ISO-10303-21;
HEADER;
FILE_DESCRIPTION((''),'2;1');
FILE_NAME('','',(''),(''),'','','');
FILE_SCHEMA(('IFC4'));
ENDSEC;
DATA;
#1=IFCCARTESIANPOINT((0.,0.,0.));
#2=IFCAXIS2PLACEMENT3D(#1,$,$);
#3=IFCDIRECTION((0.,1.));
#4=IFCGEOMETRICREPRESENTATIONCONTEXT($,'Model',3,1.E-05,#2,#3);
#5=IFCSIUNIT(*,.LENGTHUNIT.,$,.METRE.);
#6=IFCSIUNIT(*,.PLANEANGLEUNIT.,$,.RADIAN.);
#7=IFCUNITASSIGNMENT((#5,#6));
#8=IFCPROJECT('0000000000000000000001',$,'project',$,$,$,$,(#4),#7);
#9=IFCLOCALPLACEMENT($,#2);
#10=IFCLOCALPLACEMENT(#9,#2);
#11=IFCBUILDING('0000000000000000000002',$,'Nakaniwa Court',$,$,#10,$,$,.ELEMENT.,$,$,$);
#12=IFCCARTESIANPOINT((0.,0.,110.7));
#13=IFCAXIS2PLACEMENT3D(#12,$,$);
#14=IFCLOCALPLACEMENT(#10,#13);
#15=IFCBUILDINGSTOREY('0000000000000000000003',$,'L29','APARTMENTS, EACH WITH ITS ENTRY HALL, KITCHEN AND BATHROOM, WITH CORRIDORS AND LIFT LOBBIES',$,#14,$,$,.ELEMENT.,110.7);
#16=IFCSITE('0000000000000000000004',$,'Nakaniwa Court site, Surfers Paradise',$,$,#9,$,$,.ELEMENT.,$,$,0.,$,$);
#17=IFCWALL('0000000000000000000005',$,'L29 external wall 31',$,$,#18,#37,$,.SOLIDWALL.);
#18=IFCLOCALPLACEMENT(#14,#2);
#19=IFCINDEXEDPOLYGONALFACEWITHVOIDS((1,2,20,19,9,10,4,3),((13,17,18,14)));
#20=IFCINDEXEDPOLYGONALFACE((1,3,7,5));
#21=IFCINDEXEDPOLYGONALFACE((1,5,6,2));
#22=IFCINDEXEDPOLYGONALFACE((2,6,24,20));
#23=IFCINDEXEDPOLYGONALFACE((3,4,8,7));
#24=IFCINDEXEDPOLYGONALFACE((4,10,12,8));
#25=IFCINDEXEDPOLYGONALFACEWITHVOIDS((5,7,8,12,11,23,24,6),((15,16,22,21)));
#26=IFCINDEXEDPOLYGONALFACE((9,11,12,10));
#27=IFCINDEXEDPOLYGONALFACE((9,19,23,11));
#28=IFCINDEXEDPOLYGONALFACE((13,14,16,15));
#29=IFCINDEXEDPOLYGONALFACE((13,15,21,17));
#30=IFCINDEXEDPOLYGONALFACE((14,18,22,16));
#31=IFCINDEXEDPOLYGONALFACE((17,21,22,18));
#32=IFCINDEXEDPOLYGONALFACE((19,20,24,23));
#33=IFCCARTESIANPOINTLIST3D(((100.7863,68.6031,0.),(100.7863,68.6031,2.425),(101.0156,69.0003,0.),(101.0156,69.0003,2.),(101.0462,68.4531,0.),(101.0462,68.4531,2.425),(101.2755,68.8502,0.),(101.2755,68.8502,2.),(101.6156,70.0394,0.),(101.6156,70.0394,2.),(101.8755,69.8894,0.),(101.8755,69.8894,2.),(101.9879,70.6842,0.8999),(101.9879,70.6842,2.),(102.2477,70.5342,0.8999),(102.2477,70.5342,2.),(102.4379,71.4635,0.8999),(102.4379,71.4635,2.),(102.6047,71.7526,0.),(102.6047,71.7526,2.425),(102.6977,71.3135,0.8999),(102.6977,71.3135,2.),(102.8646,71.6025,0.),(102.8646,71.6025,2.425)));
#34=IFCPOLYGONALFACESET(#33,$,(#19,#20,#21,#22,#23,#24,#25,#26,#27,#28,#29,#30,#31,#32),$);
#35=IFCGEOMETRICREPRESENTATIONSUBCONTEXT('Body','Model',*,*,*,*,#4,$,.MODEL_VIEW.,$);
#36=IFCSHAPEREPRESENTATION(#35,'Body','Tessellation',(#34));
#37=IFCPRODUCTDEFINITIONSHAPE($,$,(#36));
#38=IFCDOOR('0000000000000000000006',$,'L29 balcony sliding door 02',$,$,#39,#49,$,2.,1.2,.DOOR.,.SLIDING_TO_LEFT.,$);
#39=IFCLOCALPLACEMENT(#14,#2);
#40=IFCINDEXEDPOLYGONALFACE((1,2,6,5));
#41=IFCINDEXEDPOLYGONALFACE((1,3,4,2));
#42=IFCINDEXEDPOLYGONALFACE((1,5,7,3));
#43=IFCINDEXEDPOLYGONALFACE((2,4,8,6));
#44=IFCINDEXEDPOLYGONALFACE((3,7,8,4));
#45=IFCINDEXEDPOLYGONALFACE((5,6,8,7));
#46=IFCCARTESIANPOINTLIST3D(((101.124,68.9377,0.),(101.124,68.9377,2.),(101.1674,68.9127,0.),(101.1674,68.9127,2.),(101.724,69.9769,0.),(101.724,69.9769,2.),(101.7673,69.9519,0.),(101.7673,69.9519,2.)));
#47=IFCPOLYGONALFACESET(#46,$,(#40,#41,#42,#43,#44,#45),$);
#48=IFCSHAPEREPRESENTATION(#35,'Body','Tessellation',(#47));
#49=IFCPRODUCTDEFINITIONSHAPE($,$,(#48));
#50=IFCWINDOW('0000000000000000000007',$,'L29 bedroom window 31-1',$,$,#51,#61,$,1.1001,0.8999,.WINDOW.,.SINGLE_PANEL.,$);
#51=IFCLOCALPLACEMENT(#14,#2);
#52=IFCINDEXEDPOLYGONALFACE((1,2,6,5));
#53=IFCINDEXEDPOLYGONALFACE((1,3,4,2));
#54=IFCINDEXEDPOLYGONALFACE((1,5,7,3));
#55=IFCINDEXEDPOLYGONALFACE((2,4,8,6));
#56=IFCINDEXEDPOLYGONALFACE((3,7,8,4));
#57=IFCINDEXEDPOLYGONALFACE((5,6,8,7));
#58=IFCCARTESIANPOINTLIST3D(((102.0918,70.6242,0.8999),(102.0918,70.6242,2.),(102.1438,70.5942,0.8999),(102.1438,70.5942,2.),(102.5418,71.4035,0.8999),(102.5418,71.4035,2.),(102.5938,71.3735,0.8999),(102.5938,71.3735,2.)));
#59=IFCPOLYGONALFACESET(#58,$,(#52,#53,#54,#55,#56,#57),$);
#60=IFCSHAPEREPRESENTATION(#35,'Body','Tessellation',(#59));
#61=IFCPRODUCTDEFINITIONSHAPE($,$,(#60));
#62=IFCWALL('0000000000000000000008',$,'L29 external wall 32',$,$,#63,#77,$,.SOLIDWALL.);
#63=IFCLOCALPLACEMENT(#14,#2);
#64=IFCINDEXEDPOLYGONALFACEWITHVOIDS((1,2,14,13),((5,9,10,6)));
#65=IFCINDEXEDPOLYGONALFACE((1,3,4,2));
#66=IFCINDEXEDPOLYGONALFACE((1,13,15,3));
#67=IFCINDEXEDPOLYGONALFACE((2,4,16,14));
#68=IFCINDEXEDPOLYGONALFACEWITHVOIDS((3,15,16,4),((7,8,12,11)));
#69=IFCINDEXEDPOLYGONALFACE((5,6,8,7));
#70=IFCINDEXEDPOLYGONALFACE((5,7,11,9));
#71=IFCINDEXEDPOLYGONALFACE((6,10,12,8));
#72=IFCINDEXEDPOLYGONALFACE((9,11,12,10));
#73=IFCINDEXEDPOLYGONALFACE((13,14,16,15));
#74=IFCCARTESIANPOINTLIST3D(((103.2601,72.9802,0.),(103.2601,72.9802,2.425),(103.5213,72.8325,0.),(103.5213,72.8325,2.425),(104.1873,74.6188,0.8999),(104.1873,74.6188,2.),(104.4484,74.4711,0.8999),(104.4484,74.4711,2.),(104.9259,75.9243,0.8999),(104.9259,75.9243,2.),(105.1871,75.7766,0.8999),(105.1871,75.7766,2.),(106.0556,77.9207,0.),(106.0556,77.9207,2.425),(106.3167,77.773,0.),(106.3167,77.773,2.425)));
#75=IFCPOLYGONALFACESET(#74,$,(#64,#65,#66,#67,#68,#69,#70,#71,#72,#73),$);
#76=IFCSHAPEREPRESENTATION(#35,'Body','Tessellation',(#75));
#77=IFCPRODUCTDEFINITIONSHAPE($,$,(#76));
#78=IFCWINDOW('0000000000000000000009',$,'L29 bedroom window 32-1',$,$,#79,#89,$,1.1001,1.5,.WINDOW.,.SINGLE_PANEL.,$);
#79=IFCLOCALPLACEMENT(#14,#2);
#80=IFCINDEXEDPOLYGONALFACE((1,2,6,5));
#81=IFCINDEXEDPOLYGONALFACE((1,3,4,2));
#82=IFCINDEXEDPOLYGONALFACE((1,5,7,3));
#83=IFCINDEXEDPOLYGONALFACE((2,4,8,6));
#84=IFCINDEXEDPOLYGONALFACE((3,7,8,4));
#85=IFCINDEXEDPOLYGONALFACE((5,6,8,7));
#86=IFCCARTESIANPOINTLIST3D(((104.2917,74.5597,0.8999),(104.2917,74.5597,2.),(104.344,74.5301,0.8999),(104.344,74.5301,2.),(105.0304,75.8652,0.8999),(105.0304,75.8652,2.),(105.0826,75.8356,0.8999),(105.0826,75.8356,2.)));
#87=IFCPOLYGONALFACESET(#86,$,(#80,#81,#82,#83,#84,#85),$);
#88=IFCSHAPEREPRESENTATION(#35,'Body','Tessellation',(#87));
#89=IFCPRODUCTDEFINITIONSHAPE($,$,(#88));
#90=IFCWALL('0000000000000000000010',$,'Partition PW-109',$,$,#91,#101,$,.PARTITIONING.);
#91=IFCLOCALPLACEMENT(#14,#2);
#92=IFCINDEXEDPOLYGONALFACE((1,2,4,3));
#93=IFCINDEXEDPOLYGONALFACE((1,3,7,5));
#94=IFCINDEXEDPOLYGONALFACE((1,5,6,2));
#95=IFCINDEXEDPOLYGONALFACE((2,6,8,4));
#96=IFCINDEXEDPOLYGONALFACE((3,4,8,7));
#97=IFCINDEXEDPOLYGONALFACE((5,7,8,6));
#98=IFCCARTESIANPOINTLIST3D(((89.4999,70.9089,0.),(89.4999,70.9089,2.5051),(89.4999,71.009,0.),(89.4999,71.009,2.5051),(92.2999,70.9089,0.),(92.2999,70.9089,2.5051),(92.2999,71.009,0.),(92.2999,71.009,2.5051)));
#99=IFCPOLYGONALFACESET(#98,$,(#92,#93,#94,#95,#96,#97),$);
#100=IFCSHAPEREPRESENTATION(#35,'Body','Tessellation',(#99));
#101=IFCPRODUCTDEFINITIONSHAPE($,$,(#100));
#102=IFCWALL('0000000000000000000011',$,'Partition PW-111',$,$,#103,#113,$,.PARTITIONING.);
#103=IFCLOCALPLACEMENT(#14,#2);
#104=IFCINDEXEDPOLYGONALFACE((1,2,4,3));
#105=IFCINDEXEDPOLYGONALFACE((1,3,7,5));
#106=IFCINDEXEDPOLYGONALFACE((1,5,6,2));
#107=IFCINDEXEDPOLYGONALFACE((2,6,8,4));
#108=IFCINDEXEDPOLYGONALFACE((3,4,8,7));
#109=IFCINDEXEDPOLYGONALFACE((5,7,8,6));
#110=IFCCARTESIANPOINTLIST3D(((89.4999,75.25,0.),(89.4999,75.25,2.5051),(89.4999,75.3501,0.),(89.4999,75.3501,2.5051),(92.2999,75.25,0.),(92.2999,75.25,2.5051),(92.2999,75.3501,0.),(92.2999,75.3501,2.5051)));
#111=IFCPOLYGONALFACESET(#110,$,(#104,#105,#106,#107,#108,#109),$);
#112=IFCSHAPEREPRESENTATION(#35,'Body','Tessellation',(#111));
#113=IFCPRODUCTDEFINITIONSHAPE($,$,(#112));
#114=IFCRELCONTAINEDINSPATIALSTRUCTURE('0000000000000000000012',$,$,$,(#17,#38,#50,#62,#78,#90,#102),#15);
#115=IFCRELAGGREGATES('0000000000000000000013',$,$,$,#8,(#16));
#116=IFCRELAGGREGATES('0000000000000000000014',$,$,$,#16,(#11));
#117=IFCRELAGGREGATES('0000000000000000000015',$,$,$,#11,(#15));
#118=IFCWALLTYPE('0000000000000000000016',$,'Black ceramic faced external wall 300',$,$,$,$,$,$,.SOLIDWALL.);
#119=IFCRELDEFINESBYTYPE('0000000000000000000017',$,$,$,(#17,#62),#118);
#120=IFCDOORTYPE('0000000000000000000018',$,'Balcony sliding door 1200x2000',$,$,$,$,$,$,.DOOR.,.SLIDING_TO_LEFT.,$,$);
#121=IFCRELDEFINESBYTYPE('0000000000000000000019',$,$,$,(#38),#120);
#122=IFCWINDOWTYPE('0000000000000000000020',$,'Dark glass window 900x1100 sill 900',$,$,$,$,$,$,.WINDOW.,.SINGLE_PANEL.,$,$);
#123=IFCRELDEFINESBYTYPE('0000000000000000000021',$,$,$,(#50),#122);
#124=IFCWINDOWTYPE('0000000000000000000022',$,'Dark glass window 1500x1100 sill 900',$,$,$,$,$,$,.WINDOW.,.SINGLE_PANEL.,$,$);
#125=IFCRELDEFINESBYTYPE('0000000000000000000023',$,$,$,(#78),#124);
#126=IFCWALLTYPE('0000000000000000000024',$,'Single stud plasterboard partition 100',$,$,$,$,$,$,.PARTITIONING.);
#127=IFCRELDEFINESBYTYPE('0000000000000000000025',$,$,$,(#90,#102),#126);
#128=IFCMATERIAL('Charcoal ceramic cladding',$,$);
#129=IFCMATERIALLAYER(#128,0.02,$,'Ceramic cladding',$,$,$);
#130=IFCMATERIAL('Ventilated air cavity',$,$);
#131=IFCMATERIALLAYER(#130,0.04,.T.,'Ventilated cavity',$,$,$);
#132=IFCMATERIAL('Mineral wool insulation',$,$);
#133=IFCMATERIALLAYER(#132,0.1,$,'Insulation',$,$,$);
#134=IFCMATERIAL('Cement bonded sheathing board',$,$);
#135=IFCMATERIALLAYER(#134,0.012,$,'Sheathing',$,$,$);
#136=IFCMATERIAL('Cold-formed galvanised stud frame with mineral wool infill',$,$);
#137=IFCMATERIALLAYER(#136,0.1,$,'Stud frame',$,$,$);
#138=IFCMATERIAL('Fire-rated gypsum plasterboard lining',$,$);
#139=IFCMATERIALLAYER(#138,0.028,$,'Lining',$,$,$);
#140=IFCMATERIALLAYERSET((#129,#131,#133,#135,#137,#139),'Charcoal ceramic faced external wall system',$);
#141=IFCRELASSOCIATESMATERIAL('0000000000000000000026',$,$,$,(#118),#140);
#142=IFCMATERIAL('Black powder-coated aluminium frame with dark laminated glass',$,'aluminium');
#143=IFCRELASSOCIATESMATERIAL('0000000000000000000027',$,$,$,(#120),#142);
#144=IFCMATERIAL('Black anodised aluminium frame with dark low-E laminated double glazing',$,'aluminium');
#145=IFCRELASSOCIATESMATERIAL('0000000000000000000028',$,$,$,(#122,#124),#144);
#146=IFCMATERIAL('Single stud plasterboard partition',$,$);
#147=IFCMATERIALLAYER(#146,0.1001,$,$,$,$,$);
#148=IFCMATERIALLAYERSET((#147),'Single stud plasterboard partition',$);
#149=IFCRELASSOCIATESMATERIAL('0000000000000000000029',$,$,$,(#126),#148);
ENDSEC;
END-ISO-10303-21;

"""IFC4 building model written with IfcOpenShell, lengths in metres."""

from ifc_helpers import new_model, si_unit, direction, frame, frame_2d, origin, place, context, subcontext, project, spatial, rectangle, extrude, material, layer, layer_set, type_object, element, fill, save


model = new_model("IFC4")

# Units and contexts
model_context = context("Model", 3, precision=1e-05, world=origin(), true_north=direction((0.0, 1.0)))
body_context = subcontext(model_context, "Body", "Model", "MODEL_VIEW")
ifc_project = project(units=[si_unit("LENGTHUNIT", "METRE"), si_unit("PLANEANGLEUNIT", "RADIAN")], contexts=[model_context])

# Site, building, storey
site_placement = place(None, origin())
site = spatial("IfcSite", under=ifc_project, at=site_placement, Name="Nakaniwa Court site, Surfers Paradise", CompositionType="ELEMENT", RefElevation=0.0)
building_placement = place(site_placement, origin())
building = spatial("IfcBuilding", under=site, at=building_placement, Name="Nakaniwa Court", CompositionType="ELEMENT")
storey_placement = place(building_placement, frame((0.0, 0.0, 110.7)))
storey = spatial("IfcBuildingStorey", under=building, at=storey_placement, Name="L29", Description="APARTMENTS, EACH WITH ITS ENTRY HALL, KITCHEN AND BATHROOM, WITH CORRIDORS AND LIFT LOBBIES", CompositionType="ELEMENT", Elevation=110.7)

# Wall, openings, door, window
ifc_material_1 = material(Name="Charcoal ceramic cladding")
ifc_layer_1 = layer(ifc_material_1, 0.02, Name="Ceramic cladding")
ifc_material_2 = material(Name="Ventilated air cavity")
ifc_layer_2 = layer(ifc_material_2, 0.04, ventilated=True, Name="Ventilated cavity")
ifc_material_3 = material(Name="Mineral wool insulation")
ifc_layer_3 = layer(ifc_material_3, 0.1, Name="Insulation")
ifc_material_4 = material(Name="Cement bonded sheathing board")
ifc_layer_4 = layer(ifc_material_4, 0.012, Name="Sheathing")
ifc_material_5 = material(Name="Cold-formed galvanised stud frame with mineral wool infill")
ifc_layer_5 = layer(ifc_material_5, 0.1, Name="Stud frame")
ifc_material_6 = material(Name="Fire-rated gypsum plasterboard lining")
ifc_layer_6 = layer(ifc_material_6, 0.028, Name="Lining")
ifc_layer_set_1 = layer_set([ifc_layer_1, ifc_layer_2, ifc_layer_3, ifc_layer_4, ifc_layer_5, ifc_layer_6], Name="Charcoal ceramic faced external wall system")
wall_type_1 = type_object("IfcWallType", Name="Black ceramic faced external wall 300", PredefinedType="SOLIDWALL", material=ifc_layer_set_1)
wall_1_placement = place(storey_placement, frame((100.9163, 68.5281, 0.0), z_axis=(0.0, 0.0, 1.0), x_axis=(0.500009, 0.86602, 0.0)))
wall_1 = element("IfcWall", 1, at=wall_1_placement, inside=storey, type_object=wall_type_1, Name="L29 external wall 31", PredefinedType="SOLIDWALL", context=body_context, shape_type="SweptSolid", body=[
    extrude(rectangle(XDim=3.6367, YDim=0.3, at=frame_2d((1.8184, 0.0))), origin(), (0.0, 0.0, 1.0), 2.425),
])
opening_1_placement = place(wall_1_placement, frame((0.4585, 0.0, 0.0)))
opening_1 = element("IfcOpeningElement", 2, at=opening_1_placement, cuts=wall_1, PredefinedType="OPENING", context=body_context, shape_type="SweptSolid", body=[
    extrude(rectangle(XDim=1.2, YDim=2.0, at=frame_2d((0.6001, 1.0))), frame((0.0, 0.1599, 0.0), z_axis=(0.0, -1.0, 0.0), x_axis=(1.0, 0.0, 0.0)), (0.0, 0.0, 1.0), 0.3201),
])
opening_2_placement = place(wall_1_placement, frame((2.4031, 0.0, 0.8999)))
opening_2 = element("IfcOpeningElement", 3, at=opening_2_placement, cuts=wall_1, PredefinedType="OPENING", context=body_context, shape_type="SweptSolid", body=[
    extrude(rectangle(XDim=0.8999, YDim=1.1001, at=frame_2d((0.45, 0.55))), frame((0.0, 0.1599, 0.0), z_axis=(0.0, -1.0, 0.0), x_axis=(1.0, 0.0, 0.0)), (0.0, 0.0, 1.0), 0.3201),
])
ifc_material_7 = material(Name="Black powder-coated aluminium frame with dark laminated glass", Category="aluminium")
door_type_1 = type_object("IfcDoorType", Name="Balcony sliding door 1200x2000", OperationType="SLIDING_TO_LEFT", PredefinedType="DOOR", material=ifc_material_7)
door_1_placement = place(opening_1_placement, origin())
door_1 = element("IfcDoor", 4, at=door_1_placement, inside=storey, type_object=door_type_1, Name="L29 balcony sliding door 02", OperationType="SLIDING_TO_LEFT", OverallHeight=2.0, OverallWidth=1.2, PredefinedType="DOOR", context=body_context, shape_type="SweptSolid", body=[
    extrude(rectangle(XDim=1.2, YDim=2.0, at=frame_2d((0.6001, 1.0))), frame((0.0, 0.0249, 0.0), z_axis=(0.0, -1.0, 0.0), x_axis=(1.0, 0.0, 0.0)), (0.0, 0.0, 1.0), 0.05),
])
fill(opening_1, door_1)
ifc_material_8 = material(Name="Black anodised aluminium frame with dark low-E laminated double glazing", Category="aluminium")
window_type_1 = type_object("IfcWindowType", Name="Dark glass window 900x1100 sill 900", PartitioningType="SINGLE_PANEL", PredefinedType="WINDOW", material=ifc_material_8)
window_1_placement = place(opening_2_placement, origin())
window_1 = element("IfcWindow", 5, at=window_1_placement, inside=storey, type_object=window_type_1, Name="L29 bedroom window 31-1", OverallHeight=1.1001, OverallWidth=0.8999, PartitioningType="SINGLE_PANEL", PredefinedType="WINDOW", context=body_context, shape_type="SweptSolid", body=[
    extrude(rectangle(XDim=0.8999, YDim=1.1001, at=frame_2d((0.45, 0.55))), frame((0.0, 0.03, 0.0), z_axis=(0.0, -1.0, 0.0), x_axis=(1.0, 0.0, 0.0)), (0.0, 0.0, 1.0), 0.0601),
])
fill(opening_2, window_1)

# Wall, opening, window
wall_2_placement = place(storey_placement, frame((103.3906, 72.9062, 0.0), z_axis=(0.0, 0.0, 1.0), x_axis=(0.492457, 0.870337, 0.0)))
wall_2 = element("IfcWall", 6, at=wall_2_placement, inside=storey, type_object=wall_type_1, Name="L29 external wall 32", PredefinedType="SOLIDWALL", context=body_context, shape_type="SweptSolid", body=[
    extrude(rectangle(XDim=5.6765, YDim=0.3, at=frame_2d((2.8384, 0.0))), origin(), (0.0, 0.0, 1.0), 2.425),
])
opening_3_placement = place(wall_2_placement, frame((1.8828, 0.0, 0.8999)))
opening_3 = element("IfcOpeningElement", 7, at=opening_3_placement, cuts=wall_2, PredefinedType="OPENING", context=body_context, shape_type="SweptSolid", body=[
    extrude(rectangle(XDim=1.5, YDim=1.1001, at=frame_2d((0.75, 0.55))), frame((0.0, 0.1599, 0.0), z_axis=(0.0, -1.0, 0.0), x_axis=(1.0, 0.0, 0.0)), (0.0, 0.0, 1.0), 0.3201),
])
window_type_2 = type_object("IfcWindowType", Name="Dark glass window 1500x1100 sill 900", PartitioningType="SINGLE_PANEL", PredefinedType="WINDOW", material=ifc_material_8)
window_2_placement = place(opening_3_placement, origin())
window_2 = element("IfcWindow", 8, at=window_2_placement, inside=storey, type_object=window_type_2, Name="L29 bedroom window 32-1", OverallHeight=1.1001, OverallWidth=1.5, PartitioningType="SINGLE_PANEL", PredefinedType="WINDOW", context=body_context, shape_type="SweptSolid", body=[
    extrude(rectangle(XDim=1.5, YDim=1.1001, at=frame_2d((0.75, 0.55))), frame((0.0, 0.03, 0.0), z_axis=(0.0, -1.0, 0.0), x_axis=(1.0, 0.0, 0.0)), (0.0, 0.0, 1.0), 0.0601),
])
fill(opening_3, window_2)

# Walls
ifc_material_9 = material(Name="Single stud plasterboard partition")
ifc_layer_7 = layer(ifc_material_9, 0.1001)
ifc_layer_set_2 = layer_set([ifc_layer_7], Name="Single stud plasterboard partition")
wall_type_2 = type_object("IfcWallType", Name="Single stud plasterboard partition 100", PredefinedType="PARTITIONING", material=ifc_layer_set_2)
for number, where, z_axis, x_axis, name in (
    (9, (89.5, 70.959, 0.0), (0.0, 0.0, 1.0), (1.0, 0.0, 0.0), "Partition PW-109"),
    (10, (89.5, 75.3, 0.0), (0.0, 0.0, 1.0), (1.0, 0.0, 0.0), "Partition PW-111"),
):
    element("IfcWall", number, at=place(storey_placement, frame(where, z_axis=z_axis, x_axis=x_axis)), inside=storey, type_object=wall_type_2, Name=name, PredefinedType="PARTITIONING", context=body_context, shape_type="SweptSolid", body=[
        extrude(rectangle(XDim=2.8, YDim=0.1001, at=frame_2d((1.3999, 0.0))), origin(), (0.0, 0.0, 1.0), 2.5051),
    ])

save(model, "model.ifc")
